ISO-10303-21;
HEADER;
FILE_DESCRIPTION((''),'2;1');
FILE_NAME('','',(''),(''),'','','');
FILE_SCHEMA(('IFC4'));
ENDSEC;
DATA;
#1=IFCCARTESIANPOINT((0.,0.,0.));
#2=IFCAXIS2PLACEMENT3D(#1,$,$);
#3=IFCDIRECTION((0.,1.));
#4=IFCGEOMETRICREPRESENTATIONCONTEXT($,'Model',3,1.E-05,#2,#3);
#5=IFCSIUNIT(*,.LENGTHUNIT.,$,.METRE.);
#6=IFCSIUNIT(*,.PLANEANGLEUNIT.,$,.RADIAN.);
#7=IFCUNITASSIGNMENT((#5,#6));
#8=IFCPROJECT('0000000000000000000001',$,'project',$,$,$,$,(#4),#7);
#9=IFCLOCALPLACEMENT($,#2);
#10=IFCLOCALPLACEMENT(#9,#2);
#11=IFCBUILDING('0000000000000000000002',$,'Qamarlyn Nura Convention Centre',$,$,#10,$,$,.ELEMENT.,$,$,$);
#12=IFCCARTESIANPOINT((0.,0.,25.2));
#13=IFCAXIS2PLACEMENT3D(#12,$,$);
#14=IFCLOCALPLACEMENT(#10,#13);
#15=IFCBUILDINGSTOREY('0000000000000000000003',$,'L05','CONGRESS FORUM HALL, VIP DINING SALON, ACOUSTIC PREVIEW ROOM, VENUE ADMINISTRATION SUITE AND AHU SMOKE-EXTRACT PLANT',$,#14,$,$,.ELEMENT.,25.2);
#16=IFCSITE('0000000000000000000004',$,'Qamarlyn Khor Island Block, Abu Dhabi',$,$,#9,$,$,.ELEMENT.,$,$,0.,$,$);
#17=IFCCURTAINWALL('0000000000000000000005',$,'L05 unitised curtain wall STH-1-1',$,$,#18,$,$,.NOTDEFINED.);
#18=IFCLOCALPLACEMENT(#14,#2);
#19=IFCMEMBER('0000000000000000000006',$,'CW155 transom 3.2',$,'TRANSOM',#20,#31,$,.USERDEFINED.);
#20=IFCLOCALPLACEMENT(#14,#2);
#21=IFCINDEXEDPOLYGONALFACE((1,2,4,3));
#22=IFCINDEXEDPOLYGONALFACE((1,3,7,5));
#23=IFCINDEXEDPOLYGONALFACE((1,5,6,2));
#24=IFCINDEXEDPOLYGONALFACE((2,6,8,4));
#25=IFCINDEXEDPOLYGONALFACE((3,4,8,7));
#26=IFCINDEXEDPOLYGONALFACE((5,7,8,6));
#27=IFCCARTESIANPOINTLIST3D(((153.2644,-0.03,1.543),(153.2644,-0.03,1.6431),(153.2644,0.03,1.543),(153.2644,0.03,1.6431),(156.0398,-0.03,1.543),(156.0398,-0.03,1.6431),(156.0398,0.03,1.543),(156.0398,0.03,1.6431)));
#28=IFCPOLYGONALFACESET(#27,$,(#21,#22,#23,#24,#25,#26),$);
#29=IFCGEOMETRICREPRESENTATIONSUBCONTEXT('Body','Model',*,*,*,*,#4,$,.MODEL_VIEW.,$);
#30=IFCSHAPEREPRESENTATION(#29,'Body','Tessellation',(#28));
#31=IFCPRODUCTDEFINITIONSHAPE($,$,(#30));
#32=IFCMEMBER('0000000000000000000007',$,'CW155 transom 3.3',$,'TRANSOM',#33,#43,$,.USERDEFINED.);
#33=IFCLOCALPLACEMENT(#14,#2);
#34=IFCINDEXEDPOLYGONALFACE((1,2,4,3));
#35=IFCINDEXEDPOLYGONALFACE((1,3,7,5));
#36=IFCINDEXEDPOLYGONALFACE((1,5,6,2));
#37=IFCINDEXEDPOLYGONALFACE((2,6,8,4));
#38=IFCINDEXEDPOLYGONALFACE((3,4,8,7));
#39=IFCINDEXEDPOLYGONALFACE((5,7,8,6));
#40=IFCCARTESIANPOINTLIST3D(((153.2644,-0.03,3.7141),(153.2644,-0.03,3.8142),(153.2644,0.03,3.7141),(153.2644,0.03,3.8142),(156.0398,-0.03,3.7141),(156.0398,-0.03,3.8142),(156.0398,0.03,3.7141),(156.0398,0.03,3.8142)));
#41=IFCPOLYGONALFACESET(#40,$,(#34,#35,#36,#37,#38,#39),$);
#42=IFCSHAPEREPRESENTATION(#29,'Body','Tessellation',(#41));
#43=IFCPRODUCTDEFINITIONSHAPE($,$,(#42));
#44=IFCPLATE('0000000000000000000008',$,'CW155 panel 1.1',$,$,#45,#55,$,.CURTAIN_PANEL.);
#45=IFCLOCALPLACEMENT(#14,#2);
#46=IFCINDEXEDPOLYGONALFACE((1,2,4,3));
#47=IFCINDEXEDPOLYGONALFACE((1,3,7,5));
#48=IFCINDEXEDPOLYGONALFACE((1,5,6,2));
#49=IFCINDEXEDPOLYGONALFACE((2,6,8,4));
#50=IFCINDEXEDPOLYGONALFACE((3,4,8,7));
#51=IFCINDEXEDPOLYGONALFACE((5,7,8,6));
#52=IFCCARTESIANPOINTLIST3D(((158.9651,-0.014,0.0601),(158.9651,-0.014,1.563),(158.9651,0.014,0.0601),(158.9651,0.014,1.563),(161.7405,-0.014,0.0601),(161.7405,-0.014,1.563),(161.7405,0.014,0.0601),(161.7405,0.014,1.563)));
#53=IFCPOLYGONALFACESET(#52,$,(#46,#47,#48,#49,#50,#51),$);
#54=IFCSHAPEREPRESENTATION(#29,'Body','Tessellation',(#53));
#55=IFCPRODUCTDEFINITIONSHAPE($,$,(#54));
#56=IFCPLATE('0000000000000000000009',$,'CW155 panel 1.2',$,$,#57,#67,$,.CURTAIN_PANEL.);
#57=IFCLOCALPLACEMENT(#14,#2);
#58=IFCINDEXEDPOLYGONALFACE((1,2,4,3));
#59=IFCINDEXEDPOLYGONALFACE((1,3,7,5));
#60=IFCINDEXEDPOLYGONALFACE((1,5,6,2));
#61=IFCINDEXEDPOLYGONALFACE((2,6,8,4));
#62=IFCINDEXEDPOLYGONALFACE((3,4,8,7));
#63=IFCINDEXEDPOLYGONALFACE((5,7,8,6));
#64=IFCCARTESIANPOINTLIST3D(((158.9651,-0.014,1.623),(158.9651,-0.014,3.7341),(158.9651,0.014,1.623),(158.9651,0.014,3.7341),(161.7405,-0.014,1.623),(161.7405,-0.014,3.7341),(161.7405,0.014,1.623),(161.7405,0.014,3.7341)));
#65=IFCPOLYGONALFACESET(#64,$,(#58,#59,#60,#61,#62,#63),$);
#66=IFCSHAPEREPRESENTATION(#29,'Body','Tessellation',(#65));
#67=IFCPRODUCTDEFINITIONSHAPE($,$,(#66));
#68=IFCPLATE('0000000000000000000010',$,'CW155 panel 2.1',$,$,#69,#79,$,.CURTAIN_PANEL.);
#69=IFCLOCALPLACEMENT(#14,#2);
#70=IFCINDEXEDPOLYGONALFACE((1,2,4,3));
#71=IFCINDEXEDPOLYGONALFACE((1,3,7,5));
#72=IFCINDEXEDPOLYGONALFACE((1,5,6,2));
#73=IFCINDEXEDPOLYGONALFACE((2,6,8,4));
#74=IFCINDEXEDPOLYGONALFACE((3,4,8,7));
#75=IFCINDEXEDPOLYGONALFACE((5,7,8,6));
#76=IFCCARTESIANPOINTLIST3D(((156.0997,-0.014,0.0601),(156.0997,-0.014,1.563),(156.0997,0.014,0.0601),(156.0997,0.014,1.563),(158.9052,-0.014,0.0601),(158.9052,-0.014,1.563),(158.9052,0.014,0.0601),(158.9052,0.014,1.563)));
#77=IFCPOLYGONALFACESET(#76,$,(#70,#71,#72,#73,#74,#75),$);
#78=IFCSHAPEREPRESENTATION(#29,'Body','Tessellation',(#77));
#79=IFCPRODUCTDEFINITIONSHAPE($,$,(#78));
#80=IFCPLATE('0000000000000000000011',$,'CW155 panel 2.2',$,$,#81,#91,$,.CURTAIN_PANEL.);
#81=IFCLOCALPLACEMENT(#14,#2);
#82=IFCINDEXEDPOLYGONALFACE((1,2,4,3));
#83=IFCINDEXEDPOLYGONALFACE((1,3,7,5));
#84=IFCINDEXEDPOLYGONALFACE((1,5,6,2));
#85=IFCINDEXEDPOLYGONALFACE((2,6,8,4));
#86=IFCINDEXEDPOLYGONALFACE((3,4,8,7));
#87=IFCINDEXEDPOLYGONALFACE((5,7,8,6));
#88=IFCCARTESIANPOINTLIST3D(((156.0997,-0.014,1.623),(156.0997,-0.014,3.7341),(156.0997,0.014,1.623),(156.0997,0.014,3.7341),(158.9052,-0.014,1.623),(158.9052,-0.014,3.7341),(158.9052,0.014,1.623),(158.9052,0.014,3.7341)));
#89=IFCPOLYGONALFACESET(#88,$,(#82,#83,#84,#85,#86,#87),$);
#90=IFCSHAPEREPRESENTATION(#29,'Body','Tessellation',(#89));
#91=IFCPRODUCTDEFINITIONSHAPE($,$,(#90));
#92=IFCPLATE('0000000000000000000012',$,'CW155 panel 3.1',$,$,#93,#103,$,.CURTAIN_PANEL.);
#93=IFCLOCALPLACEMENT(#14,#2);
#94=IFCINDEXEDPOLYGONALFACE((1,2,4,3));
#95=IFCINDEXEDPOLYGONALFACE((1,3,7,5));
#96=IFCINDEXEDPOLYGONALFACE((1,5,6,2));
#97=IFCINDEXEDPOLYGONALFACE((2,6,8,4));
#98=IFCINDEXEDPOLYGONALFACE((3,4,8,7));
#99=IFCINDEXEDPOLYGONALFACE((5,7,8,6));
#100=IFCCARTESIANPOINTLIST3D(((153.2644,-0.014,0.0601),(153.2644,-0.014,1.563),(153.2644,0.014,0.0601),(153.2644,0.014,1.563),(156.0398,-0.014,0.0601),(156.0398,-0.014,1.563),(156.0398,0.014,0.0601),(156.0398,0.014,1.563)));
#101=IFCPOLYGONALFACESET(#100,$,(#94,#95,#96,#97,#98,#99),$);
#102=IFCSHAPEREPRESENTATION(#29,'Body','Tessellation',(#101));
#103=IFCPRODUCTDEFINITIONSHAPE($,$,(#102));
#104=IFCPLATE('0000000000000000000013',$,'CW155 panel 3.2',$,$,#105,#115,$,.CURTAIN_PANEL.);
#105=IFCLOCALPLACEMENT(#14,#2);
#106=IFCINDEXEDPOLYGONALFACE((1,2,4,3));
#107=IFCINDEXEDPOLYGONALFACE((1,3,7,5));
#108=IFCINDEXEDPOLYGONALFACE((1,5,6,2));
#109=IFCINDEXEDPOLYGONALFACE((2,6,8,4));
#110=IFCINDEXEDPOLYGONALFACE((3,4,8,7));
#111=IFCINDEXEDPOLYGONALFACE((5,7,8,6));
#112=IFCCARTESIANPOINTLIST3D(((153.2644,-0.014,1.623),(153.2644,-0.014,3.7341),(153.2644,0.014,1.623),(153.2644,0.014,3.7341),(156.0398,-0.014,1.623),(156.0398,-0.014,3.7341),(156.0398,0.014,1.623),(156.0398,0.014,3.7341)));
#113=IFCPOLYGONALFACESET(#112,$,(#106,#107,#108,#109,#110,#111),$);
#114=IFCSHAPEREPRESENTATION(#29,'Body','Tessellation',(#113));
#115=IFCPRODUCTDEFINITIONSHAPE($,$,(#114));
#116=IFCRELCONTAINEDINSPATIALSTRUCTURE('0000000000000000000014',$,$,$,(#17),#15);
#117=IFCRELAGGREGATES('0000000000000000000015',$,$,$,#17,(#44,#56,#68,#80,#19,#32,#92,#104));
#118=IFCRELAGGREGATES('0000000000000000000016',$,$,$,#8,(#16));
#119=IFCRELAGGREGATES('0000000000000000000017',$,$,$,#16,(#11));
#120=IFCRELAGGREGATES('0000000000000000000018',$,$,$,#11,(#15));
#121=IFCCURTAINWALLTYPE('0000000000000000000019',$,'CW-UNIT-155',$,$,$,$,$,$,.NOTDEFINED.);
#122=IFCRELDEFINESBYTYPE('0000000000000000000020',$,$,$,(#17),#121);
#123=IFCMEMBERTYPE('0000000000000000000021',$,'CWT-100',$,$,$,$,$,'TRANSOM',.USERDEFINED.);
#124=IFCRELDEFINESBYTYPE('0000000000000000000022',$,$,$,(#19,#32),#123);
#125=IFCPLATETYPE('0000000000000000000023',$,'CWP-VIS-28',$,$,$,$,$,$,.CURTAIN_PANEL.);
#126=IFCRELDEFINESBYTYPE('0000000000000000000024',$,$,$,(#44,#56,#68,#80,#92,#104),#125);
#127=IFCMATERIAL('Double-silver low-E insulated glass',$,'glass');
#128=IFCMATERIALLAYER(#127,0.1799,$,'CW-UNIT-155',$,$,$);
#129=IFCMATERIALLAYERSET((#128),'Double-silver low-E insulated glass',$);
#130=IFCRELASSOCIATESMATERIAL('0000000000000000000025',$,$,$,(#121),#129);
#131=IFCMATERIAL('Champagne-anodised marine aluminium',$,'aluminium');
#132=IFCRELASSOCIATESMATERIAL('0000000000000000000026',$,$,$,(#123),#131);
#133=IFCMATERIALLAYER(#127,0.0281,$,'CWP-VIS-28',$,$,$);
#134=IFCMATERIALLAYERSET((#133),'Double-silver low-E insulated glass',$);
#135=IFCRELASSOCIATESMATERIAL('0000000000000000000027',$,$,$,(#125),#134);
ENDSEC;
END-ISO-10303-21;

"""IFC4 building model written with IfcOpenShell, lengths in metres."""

from ifc_helpers import new_model, si_unit, direction, frame, origin, origin_2d, place, context, subcontext, project, spatial, rectangle, extrude, material, layer, layer_set, material_profile, profile_set, type_object, element, aggregate, save


model = new_model("IFC4")

# Units and contexts
model_context = context("Model", 3, precision=1e-05, world=origin(), true_north=direction((0.0, 1.0)))
body_context = subcontext(model_context, "Body", "Model", "MODEL_VIEW")
ifc_project = project(units=[si_unit("LENGTHUNIT", "METRE"), si_unit("PLANEANGLEUNIT", "RADIAN")], contexts=[model_context])

# Site, building, storey
site_placement = place(None, origin())
site = spatial("IfcSite", under=ifc_project, at=site_placement, Name="Qamarlyn Khor Island Block, Abu Dhabi", CompositionType="ELEMENT", RefElevation=0.0)
building_placement = place(site_placement, origin())
building = spatial("IfcBuilding", under=site, at=building_placement, Name="Qamarlyn Nura Convention Centre", CompositionType="ELEMENT")
storey_placement = place(building_placement, frame((0.0, 0.0, 25.2)))
storey = spatial("IfcBuildingStorey", under=building, at=storey_placement, Name="L05", Description="CONGRESS FORUM HALL, VIP DINING SALON, ACOUSTIC PREVIEW ROOM, VENUE ADMINISTRATION SUITE AND AHU SMOKE-EXTRACT PLANT", CompositionType="ELEMENT", Elevation=25.2)

# Curtain wall, members, plates
ifc_material_1 = material(Name="Double-silver low-E insulated glass", Category="glass")
ifc_layer_1 = layer(ifc_material_1, 0.1799, Name="CW-UNIT-155")
ifc_layer_set_1 = layer_set([ifc_layer_1], Name="Double-silver low-E insulated glass")
curtain_wall_type = type_object("IfcCurtainWallType", Name="CW-UNIT-155", PredefinedType="NOTDEFINED", material=ifc_layer_set_1)
curtain_wall_placement = place(storey_placement, origin())
curtain_wall = element("IfcCurtainWall", 1, at=curtain_wall_placement, inside=storey, type_object=curtain_wall_type, Name="L05 unitised curtain wall STH-1-1", PredefinedType="NOTDEFINED")
ifc_material_2 = material(Name="Champagne-anodised marine aluminium", Category="aluminium")
ifc_material_profile_1 = material_profile(ifc_material_2, rectangle(XDim=0.0601, YDim=0.1001, at=origin_2d()), Name="ALU TRANSOM 60x100")
ifc_profile_set_1 = profile_set([ifc_material_profile_1], Name="Champagne-anodised marine aluminium")
member_type_1 = type_object("IfcMemberType", Name="CWT-100", ElementType="TRANSOM", PredefinedType="USERDEFINED", material=ifc_profile_set_1)
member_1_placement = place(storey_placement, frame((156.0398, 0.0, 1.593), z_axis=(-1.0, 0.0, 0.0), x_axis=(0.0, -1.0, 0.0)))
member_1 = element("IfcMember", 2, at=member_1_placement, type_object=member_type_1, Name="CW155 transom 3.2", ObjectType="TRANSOM", PredefinedType="USERDEFINED", context=body_context, shape_type="SweptSolid", body=[
    extrude(rectangle(XDim=0.0601, YDim=0.1001, at=origin_2d()), origin(), (0.0, 0.0, 1.0), 2.7754),
])
member_2_placement = place(storey_placement, frame((156.0398, 0.0, 3.7642), z_axis=(-1.0, 0.0, 0.0), x_axis=(0.0, -1.0, 0.0)))
member_2 = element("IfcMember", 3, at=member_2_placement, type_object=member_type_1, Name="CW155 transom 3.3", ObjectType="TRANSOM", PredefinedType="USERDEFINED", context=body_context, shape_type="SweptSolid", body=[
    extrude(rectangle(XDim=0.0601, YDim=0.1001, at=origin_2d()), origin(), (0.0, 0.0, 1.0), 2.7754),
])
ifc_layer_2 = layer(ifc_material_1, 0.0281, Name="CWP-VIS-28")
ifc_layer_set_2 = layer_set([ifc_layer_2], Name="Double-silver low-E insulated glass")
plate_type = type_object("IfcPlateType", Name="CWP-VIS-28", PredefinedType="CURTAIN_PANEL", material=ifc_layer_set_2)
plate_1_placement = place(storey_placement, frame((160.3528, 0.0, 0.0601), z_axis=(0.0, 0.0, 1.0), x_axis=(-1.0, 0.0, 0.0)))
plate_1 = element("IfcPlate", 4, at=plate_1_placement, type_object=plate_type, Name="CW155 panel 1.1", PredefinedType="CURTAIN_PANEL", context=body_context, shape_type="SweptSolid", body=[
    extrude(rectangle(XDim=2.7754, YDim=0.0281, at=origin_2d()), origin(), (0.0, 0.0, 1.0), 1.5029),
])
plate_2_placement = place(storey_placement, frame((160.3528, 0.0, 1.623), z_axis=(0.0, 0.0, 1.0), x_axis=(-1.0, 0.0, 0.0)))
plate_2 = element("IfcPlate", 5, at=plate_2_placement, type_object=plate_type, Name="CW155 panel 1.2", PredefinedType="CURTAIN_PANEL", context=body_context, shape_type="SweptSolid", body=[
    extrude(rectangle(XDim=2.7754, YDim=0.0281, at=origin_2d()), origin(), (0.0, 0.0, 1.0), 2.1111),
])
plate_3_placement = place(storey_placement, frame((157.5024, 0.0, 0.0601), z_axis=(0.0, 0.0, 1.0), x_axis=(-1.0, 0.0, 0.0)))
plate_3 = element("IfcPlate", 6, at=plate_3_placement, type_object=plate_type, Name="CW155 panel 2.1", PredefinedType="CURTAIN_PANEL", context=body_context, shape_type="SweptSolid", body=[
    extrude(rectangle(XDim=2.8054, YDim=0.0281, at=origin_2d()), origin(), (0.0, 0.0, 1.0), 1.5029),
])
plate_4_placement = place(storey_placement, frame((157.5024, 0.0, 1.623), z_axis=(0.0, 0.0, 1.0), x_axis=(-1.0, 0.0, 0.0)))
plate_4 = element("IfcPlate", 7, at=plate_4_placement, type_object=plate_type, Name="CW155 panel 2.2", PredefinedType="CURTAIN_PANEL", context=body_context, shape_type="SweptSolid", body=[
    extrude(rectangle(XDim=2.8054, YDim=0.0281, at=origin_2d()), origin(), (0.0, 0.0, 1.0), 2.1111),
])
plate_5_placement = place(storey_placement, frame((154.6521, 0.0, 0.0601), z_axis=(0.0, 0.0, 1.0), x_axis=(-1.0, 0.0, 0.0)))
plate_5 = element("IfcPlate", 8, at=plate_5_placement, type_object=plate_type, Name="CW155 panel 3.1", PredefinedType="CURTAIN_PANEL", context=body_context, shape_type="SweptSolid", body=[
    extrude(rectangle(XDim=2.7754, YDim=0.0281, at=origin_2d()), origin(), (0.0, 0.0, 1.0), 1.5029),
])
plate_6_placement = place(storey_placement, frame((154.6521, 0.0, 1.623), z_axis=(0.0, 0.0, 1.0), x_axis=(-1.0, 0.0, 0.0)))
plate_6 = element("IfcPlate", 9, at=plate_6_placement, type_object=plate_type, Name="CW155 panel 3.2", PredefinedType="CURTAIN_PANEL", context=body_context, shape_type="SweptSolid", body=[
    extrude(rectangle(XDim=2.7754, YDim=0.0281, at=origin_2d()), origin(), (0.0, 0.0, 1.0), 2.1111),
])
aggregate(curtain_wall, [plate_1, plate_2, plate_3, plate_4, member_1, member_2, plate_5, plate_6])

save(model, "model.ifc")
